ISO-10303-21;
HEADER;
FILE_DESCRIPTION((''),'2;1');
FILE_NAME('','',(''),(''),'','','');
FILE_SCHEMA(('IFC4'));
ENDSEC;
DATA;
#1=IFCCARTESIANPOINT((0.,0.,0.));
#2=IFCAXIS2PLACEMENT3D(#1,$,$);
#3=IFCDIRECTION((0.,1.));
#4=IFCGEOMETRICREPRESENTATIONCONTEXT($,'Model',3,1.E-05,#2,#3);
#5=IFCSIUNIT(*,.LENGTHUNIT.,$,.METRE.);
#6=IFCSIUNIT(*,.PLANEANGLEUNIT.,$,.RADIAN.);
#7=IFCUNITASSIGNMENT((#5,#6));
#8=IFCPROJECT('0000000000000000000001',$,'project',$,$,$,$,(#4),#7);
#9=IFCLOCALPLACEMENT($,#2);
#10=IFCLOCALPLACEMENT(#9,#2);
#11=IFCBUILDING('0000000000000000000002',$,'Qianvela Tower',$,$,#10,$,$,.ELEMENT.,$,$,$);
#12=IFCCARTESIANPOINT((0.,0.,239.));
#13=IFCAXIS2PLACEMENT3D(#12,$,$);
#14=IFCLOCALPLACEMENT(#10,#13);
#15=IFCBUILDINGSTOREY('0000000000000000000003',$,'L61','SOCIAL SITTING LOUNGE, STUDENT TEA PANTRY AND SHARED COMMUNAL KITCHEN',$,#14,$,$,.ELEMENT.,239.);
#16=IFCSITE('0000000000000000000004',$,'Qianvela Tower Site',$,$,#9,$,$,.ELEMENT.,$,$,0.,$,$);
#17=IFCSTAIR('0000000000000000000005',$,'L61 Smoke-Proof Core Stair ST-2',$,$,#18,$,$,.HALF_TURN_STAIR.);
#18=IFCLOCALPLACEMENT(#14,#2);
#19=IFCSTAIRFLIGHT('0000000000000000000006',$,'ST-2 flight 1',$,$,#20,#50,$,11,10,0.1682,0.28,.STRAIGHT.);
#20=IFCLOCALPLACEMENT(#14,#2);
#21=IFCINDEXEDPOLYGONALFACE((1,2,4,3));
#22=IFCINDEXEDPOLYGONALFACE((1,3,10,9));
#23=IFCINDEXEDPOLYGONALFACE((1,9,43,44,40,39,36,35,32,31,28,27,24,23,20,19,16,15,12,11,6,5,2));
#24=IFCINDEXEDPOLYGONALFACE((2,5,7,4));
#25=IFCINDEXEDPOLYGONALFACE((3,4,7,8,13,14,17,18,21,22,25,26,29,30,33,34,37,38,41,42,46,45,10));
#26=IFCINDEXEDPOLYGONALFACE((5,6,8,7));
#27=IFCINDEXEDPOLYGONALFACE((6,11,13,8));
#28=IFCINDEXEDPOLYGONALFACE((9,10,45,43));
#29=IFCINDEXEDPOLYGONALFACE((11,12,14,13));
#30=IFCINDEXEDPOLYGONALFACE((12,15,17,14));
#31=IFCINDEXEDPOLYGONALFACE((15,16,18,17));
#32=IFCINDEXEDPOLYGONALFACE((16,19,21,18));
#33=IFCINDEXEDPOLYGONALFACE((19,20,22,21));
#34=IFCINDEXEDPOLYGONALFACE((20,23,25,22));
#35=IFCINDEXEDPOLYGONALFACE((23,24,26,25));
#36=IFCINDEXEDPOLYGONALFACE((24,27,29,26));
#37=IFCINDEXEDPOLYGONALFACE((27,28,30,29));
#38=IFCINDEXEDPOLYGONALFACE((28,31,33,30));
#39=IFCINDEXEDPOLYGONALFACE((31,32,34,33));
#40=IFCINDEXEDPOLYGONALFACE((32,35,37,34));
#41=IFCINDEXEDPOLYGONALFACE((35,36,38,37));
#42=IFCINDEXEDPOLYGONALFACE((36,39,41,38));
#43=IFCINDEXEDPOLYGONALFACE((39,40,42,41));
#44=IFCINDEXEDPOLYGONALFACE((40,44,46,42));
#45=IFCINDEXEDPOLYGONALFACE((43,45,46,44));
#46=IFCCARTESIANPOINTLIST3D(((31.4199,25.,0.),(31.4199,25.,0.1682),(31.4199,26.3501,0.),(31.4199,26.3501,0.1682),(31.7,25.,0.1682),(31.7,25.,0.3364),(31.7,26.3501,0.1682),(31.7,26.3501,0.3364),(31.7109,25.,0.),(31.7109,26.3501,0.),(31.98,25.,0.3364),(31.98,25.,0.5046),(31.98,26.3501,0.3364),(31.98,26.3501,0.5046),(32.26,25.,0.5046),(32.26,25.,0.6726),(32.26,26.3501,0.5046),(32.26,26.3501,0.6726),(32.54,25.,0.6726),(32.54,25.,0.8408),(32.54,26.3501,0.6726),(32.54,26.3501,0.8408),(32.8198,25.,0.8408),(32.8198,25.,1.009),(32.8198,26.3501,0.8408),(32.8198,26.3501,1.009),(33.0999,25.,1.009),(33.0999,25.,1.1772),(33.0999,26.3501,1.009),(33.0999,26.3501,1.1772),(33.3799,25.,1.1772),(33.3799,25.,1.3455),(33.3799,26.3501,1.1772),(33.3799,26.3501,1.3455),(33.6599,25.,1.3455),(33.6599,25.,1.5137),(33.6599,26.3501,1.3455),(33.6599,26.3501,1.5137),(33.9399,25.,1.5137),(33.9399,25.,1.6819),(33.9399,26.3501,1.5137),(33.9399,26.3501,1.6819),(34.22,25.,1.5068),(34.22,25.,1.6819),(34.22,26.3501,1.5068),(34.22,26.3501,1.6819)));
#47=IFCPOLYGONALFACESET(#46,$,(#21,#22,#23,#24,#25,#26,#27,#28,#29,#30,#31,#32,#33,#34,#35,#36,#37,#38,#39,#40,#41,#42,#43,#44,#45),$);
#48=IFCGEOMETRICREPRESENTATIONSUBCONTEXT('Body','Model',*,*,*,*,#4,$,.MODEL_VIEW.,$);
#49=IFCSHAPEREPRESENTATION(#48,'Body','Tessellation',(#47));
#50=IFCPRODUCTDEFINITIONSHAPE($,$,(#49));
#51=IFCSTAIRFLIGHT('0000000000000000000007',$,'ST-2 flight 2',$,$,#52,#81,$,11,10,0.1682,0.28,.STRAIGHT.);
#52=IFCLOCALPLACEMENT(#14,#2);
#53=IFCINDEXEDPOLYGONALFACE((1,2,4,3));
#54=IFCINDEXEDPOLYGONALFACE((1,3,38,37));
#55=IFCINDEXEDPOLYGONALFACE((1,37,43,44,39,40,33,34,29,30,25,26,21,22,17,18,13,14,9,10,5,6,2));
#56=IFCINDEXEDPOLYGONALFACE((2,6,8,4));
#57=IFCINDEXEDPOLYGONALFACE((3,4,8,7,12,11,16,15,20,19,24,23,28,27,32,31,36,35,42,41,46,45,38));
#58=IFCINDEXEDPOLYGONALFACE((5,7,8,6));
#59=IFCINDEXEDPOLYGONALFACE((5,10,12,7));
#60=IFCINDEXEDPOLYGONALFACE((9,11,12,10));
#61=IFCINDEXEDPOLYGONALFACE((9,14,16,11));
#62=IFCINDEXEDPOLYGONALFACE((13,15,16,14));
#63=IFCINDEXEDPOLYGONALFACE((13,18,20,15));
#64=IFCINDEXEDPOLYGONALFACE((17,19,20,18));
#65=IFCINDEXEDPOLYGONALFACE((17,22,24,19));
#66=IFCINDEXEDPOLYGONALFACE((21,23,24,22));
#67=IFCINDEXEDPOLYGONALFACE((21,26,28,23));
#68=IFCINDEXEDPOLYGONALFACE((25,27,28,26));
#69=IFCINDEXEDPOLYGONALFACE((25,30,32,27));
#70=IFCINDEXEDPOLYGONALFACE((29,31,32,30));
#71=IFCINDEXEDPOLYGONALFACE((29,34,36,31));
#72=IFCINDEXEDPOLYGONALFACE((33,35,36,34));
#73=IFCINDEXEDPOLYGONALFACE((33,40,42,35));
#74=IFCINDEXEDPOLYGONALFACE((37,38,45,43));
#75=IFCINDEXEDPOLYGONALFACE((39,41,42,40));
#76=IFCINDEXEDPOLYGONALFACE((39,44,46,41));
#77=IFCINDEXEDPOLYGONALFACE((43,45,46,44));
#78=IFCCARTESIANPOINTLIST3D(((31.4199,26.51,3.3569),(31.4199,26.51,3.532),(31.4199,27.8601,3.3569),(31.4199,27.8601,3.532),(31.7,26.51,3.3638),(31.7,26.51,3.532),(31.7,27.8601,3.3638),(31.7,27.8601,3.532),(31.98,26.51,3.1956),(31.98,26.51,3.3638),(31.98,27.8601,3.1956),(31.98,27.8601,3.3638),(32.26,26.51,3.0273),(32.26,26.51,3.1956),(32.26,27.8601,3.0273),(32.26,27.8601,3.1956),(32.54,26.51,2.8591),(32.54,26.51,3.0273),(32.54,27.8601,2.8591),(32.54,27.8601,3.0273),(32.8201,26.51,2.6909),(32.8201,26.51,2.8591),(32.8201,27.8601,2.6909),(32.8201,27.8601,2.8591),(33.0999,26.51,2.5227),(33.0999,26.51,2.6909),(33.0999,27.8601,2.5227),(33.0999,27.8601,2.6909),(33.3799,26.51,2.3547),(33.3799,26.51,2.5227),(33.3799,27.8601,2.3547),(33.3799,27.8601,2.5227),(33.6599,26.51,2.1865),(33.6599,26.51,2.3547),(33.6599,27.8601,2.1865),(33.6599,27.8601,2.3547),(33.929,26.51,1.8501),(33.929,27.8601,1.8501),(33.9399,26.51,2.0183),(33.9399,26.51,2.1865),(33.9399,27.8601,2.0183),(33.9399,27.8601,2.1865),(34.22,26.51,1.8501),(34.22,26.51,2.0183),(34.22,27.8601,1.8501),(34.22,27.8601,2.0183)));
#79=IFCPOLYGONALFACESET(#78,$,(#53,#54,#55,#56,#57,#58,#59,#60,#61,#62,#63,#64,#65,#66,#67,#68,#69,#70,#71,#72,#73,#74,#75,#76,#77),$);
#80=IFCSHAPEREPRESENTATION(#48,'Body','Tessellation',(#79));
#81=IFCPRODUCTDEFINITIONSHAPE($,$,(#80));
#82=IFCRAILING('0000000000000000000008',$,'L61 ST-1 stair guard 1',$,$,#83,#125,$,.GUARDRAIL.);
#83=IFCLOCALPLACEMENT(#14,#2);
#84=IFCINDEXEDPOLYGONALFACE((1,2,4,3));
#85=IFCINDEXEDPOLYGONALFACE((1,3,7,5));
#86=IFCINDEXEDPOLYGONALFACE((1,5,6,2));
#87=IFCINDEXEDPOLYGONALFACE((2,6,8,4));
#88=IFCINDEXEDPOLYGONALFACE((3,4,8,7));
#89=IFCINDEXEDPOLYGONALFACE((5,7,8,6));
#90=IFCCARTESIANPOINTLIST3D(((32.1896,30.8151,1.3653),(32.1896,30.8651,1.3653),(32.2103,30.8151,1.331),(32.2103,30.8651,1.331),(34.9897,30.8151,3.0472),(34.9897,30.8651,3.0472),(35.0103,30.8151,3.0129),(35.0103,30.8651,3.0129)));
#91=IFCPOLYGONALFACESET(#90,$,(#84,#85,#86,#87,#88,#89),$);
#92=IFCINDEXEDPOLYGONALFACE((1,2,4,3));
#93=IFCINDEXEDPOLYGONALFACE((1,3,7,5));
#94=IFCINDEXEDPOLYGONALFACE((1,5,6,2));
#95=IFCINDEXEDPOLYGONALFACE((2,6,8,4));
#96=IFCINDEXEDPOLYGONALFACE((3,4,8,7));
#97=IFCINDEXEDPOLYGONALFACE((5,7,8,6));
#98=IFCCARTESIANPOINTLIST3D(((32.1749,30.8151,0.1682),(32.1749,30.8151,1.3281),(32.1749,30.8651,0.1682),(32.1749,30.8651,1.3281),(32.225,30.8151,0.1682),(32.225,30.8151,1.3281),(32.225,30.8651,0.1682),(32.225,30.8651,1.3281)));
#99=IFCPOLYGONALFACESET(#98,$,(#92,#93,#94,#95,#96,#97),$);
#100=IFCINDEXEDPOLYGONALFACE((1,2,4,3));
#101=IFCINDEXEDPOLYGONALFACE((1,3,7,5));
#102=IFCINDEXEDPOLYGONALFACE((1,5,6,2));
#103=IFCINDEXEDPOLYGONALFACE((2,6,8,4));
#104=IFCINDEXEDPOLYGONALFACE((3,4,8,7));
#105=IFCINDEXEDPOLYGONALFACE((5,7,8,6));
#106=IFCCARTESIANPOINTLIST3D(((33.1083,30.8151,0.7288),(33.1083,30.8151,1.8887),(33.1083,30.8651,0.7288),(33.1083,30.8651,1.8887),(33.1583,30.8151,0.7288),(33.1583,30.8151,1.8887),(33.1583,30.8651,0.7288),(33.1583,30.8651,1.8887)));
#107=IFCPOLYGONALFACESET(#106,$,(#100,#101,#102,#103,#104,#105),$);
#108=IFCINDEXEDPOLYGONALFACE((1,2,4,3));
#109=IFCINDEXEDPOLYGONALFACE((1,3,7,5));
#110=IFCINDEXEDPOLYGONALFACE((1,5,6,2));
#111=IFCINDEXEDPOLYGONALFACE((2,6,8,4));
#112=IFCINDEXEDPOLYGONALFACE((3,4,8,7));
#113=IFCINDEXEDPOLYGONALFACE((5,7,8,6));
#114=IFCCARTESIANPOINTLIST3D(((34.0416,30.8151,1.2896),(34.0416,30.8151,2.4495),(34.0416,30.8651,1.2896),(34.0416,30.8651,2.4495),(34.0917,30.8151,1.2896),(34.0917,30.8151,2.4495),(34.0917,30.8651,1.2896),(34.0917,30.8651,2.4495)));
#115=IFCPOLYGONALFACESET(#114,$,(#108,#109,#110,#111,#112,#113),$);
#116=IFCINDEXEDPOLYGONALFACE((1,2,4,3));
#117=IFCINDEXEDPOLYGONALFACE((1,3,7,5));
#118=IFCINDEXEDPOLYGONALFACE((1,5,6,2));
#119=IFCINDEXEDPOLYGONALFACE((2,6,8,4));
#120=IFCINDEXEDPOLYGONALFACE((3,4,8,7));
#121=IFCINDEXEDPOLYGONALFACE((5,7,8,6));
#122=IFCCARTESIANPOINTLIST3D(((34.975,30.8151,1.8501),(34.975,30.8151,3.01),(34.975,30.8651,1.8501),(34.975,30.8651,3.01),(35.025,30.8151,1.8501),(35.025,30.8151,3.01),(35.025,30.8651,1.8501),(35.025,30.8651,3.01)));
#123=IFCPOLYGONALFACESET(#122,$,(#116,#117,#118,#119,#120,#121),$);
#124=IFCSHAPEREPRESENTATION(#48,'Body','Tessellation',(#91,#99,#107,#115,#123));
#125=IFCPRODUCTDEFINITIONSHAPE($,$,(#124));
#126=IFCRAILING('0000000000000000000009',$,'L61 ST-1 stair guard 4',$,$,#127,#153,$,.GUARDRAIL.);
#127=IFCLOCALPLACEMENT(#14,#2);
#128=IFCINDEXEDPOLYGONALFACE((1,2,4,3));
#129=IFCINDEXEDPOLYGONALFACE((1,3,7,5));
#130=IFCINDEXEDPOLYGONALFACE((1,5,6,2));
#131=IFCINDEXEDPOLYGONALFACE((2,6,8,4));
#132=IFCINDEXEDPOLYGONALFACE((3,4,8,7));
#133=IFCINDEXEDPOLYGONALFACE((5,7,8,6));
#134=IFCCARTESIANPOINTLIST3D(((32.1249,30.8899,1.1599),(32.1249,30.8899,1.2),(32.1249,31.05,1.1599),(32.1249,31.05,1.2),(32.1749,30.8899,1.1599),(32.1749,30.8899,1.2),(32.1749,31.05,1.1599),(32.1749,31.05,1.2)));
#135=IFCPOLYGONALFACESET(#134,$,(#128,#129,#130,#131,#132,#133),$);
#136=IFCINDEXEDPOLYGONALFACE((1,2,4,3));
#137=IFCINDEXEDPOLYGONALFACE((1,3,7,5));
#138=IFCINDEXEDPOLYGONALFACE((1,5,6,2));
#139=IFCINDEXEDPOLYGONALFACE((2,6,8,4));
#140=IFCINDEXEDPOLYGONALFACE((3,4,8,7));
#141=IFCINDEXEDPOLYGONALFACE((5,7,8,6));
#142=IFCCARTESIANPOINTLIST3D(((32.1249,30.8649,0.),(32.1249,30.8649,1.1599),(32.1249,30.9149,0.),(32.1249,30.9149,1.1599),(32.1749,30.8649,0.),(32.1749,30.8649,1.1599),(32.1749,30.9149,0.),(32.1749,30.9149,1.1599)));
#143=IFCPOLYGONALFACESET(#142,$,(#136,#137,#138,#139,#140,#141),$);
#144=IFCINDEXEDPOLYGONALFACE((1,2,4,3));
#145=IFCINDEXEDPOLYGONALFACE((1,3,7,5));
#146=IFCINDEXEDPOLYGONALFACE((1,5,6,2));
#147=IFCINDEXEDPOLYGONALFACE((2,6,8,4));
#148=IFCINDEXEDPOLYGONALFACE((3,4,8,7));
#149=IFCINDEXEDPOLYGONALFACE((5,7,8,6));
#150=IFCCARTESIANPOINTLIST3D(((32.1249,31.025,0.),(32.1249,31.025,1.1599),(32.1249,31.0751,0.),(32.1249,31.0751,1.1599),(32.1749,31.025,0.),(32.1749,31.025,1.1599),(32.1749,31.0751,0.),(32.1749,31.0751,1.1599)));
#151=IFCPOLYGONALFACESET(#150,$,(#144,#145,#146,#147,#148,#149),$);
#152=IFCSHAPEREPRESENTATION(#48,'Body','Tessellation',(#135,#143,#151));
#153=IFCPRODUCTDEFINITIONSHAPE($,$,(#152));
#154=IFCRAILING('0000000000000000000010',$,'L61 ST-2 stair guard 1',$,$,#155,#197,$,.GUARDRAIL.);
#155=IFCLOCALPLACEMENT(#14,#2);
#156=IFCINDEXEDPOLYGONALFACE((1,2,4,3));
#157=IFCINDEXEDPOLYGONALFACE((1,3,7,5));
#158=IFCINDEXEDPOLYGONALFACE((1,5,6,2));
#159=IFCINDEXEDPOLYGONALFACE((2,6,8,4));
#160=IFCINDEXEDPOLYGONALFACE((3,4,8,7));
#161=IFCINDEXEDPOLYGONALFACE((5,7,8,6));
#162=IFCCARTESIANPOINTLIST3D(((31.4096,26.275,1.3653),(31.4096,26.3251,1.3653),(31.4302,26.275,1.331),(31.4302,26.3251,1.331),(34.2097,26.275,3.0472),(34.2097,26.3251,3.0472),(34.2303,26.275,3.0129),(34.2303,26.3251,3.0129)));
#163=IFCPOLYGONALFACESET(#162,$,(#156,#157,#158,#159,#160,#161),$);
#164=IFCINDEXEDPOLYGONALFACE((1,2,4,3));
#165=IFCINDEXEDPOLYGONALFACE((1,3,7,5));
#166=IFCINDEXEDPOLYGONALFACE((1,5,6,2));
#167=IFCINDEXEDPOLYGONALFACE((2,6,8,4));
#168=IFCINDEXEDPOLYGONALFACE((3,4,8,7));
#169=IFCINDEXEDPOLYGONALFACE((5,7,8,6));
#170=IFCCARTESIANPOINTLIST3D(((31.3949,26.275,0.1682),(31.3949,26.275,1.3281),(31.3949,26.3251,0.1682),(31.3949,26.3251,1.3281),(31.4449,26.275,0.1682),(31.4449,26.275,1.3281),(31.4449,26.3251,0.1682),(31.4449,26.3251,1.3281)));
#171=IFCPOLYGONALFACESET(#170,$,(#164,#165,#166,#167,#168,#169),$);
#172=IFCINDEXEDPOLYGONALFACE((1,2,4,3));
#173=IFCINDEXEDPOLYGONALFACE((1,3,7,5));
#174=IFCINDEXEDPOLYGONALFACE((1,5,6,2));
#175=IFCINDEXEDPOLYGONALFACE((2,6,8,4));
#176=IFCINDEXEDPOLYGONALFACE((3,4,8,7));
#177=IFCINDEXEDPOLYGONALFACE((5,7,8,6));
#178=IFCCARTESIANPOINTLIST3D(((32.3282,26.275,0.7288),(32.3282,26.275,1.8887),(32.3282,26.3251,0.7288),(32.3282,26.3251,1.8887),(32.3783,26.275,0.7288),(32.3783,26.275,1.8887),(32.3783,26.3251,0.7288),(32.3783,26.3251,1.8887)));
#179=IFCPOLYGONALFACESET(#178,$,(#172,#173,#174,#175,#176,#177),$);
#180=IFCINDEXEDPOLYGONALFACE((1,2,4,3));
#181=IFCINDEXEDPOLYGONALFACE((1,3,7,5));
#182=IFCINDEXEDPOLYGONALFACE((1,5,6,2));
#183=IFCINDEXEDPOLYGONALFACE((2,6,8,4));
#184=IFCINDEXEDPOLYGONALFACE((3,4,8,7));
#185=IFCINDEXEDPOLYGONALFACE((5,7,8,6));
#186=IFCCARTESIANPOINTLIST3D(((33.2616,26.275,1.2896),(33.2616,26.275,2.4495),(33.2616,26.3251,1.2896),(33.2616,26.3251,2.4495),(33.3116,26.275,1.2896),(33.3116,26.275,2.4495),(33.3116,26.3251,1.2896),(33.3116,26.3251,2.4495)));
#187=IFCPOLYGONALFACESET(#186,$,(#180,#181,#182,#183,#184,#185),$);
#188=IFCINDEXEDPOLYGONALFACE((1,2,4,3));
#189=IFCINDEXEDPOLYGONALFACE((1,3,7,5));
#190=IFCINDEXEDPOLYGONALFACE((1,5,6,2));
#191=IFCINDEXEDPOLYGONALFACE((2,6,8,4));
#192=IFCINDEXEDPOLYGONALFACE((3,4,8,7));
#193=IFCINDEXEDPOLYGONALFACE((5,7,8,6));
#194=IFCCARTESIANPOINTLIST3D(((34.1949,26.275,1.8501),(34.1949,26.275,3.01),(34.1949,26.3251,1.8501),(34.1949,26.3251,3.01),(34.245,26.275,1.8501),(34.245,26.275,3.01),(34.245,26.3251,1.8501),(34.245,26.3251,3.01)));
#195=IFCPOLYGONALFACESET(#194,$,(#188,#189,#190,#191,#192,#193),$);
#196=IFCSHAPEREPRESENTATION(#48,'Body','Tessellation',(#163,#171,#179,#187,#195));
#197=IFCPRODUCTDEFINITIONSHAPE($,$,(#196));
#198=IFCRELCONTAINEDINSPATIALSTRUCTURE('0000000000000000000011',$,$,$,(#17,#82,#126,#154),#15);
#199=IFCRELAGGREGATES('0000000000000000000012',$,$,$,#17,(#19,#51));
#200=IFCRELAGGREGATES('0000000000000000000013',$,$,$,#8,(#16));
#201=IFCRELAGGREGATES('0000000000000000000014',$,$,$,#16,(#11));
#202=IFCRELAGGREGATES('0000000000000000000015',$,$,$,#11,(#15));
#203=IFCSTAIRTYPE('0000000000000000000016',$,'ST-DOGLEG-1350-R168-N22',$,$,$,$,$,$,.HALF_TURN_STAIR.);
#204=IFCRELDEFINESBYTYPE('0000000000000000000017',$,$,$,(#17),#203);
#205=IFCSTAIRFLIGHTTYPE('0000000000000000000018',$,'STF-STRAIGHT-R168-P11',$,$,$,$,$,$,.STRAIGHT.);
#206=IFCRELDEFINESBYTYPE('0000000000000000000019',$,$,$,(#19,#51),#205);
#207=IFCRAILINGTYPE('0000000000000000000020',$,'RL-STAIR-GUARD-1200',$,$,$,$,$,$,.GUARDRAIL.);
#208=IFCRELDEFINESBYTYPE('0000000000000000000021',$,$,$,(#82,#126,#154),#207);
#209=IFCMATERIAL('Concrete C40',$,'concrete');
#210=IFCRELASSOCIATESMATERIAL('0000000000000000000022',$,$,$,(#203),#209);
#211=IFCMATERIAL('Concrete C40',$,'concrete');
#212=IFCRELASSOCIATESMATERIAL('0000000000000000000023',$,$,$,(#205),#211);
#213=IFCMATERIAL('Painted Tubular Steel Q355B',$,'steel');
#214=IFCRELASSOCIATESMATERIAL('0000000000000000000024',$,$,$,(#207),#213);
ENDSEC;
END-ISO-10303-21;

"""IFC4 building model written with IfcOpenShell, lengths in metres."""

from ifc_helpers import new_model, si_unit, direction, frame, origin, origin_2d, place, context, subcontext, project, spatial, polyline, rectangle, outline, extrude, material, type_object, element, aggregate, save


model = new_model("IFC4")

# Units and contexts
model_context = context("Model", 3, precision=1e-05, world=origin(), true_north=direction((0.0, 1.0)))
body_context = subcontext(model_context, "Body", "Model", "MODEL_VIEW")
ifc_project = project(units=[si_unit("LENGTHUNIT", "METRE"), si_unit("PLANEANGLEUNIT", "RADIAN")], contexts=[model_context])

# Site, building, storey
site_placement = place(None, origin())
site = spatial("IfcSite", under=ifc_project, at=site_placement, Name="Qianvela Tower Site", CompositionType="ELEMENT", RefElevation=0.0)
building_placement = place(site_placement, origin())
building = spatial("IfcBuilding", under=site, at=building_placement, Name="Qianvela Tower", CompositionType="ELEMENT")
storey_placement = place(building_placement, frame((0.0, 0.0, 239.0)))
storey = spatial("IfcBuildingStorey", under=building, at=storey_placement, Name="L61", Description="SOCIAL SITTING LOUNGE, STUDENT TEA PANTRY AND SHARED COMMUNAL KITCHEN", CompositionType="ELEMENT", Elevation=239.0)

# Shared definitions
ifc_material_1 = material(Name="Concrete C40", Category="concrete")
stair_type = type_object("IfcStairType", Name="ST-DOGLEG-1350-R168-N22", PredefinedType="HALF_TURN_STAIR", material=ifc_material_1)
ifc_material_2 = material(Name="Concrete C40", Category="concrete")
stair_flight_type = type_object("IfcStairFlightType", Name="STF-STRAIGHT-R168-P11", PredefinedType="STRAIGHT", material=ifc_material_2)

# Stair, stair flights
stair_1_placement = place(storey_placement, origin())
stair_1 = element("IfcStair", 1, at=stair_1_placement, inside=storey, type_object=stair_type, Name="L61 Smoke-Proof Core Stair ST-2", PredefinedType="HALF_TURN_STAIR")
stair_flight_1_placement = place(storey_placement, frame((31.4199, 25.675, 0.0), z_axis=(0.0, 0.0, 1.0), x_axis=(1.0, 0.0, 0.0)))
stair_flight_1 = element("IfcStairFlight", 2, at=stair_flight_1_placement, type_object=stair_flight_type, Name="ST-2 flight 1", NumberOfRisers=11, NumberOfTreads=10, PredefinedType="STRAIGHT", RiserHeight=0.1682, TreadLength=0.28, context=body_context, shape_type="SweptSolid", body=[
    extrude(outline(polyline([(0.0, 0.0), (0.0, 0.1682), (0.28, 0.1682), (0.28, 0.3364), (0.5601, 0.3364), (0.5601, 0.5046), (0.8401, 0.5046), (0.8401, 0.6726), (1.1201, 0.6726), (1.1201, 0.8408), (1.3999, 0.8408), (1.3999, 1.009), (1.6799, 1.009), (1.6799, 1.1772), (1.96, 1.1772), (1.96, 1.3455), (2.24, 1.3455), (2.24, 1.5137), (2.52, 1.5137), (2.52, 1.6819), (2.8, 1.6819), (2.8, 1.8501), (2.8, 1.5068), (0.291, 0.0), (0.0, 0.0)])), frame((0.0, 0.675, 0.0), z_axis=(0.0, -1.0, 0.0), x_axis=(1.0, 0.0, 0.0)), (0.0, 0.0, 1.0), 1.3501),
])
stair_flight_2_placement = place(storey_placement, frame((34.22, 27.1851, 1.8501), z_axis=(0.0, 0.0, 1.0), x_axis=(-1.0, 0.0, 0.0)))
stair_flight_2 = element("IfcStairFlight", 3, at=stair_flight_2_placement, type_object=stair_flight_type, Name="ST-2 flight 2", NumberOfRisers=11, NumberOfTreads=10, PredefinedType="STRAIGHT", RiserHeight=0.1682, TreadLength=0.28, context=body_context, shape_type="SweptSolid", body=[
    extrude(outline(polyline([(0.0, 0.0), (0.0, 0.1682), (0.28, 0.1682), (0.28, 0.3364), (0.5601, 0.3364), (0.5601, 0.5046), (0.8401, 0.5046), (0.8401, 0.6726), (1.1201, 0.6726), (1.1201, 0.8408), (1.3999, 0.8408), (1.3999, 1.009), (1.6799, 1.009), (1.6799, 1.1772), (1.96, 1.1772), (1.96, 1.3455), (2.24, 1.3455), (2.24, 1.5137), (2.52, 1.5137), (2.52, 1.6819), (2.8, 1.6819), (2.8, 1.8501), (2.8, 1.5068), (0.291, 0.0), (0.0, 0.0)])), frame((0.0, 0.675, 0.0), z_axis=(0.0, -1.0, 0.0), x_axis=(1.0, 0.0, 0.0)), (0.0, 0.0, 1.0), 1.3501),
])
aggregate(stair_1, [stair_flight_1, stair_flight_2])

# Railings
ifc_material_3 = material(Name="Painted Tubular Steel Q355B", Category="steel")
railing_type_1 = type_object("IfcRailingType", Name="RL-STAIR-GUARD-1200", PredefinedType="GUARDRAIL", material=ifc_material_3)
railing_1_placement = place(storey_placement, frame((32.2, 30.8401, 0.1682)))
element("IfcRailing", 4, at=railing_1_placement, inside=storey, type_object=railing_type_1, Name="L61 ST-1 stair guard 1", PredefinedType="GUARDRAIL", context=body_context, shape_type="SweptSolid", body=[
    extrude(rectangle(XDim=0.05, YDim=0.04, at=origin_2d()), frame((0.0, 0.0, 1.1799), z_axis=(0.857242, 0.0, 0.514913), x_axis=(0.0, 1.0, 0.0)), (0.0, 0.0, 1.0), 3.2664),
    extrude(rectangle(XDim=0.05, YDim=0.05, at=origin_2d()), origin(), (0.0, 0.0, 1.0), 1.1599),
    extrude(rectangle(XDim=0.05, YDim=0.05, at=origin_2d()), frame((0.9333, 0.0, 0.5605)), (0.0, 0.0, 1.0), 1.1599),
    extrude(rectangle(XDim=0.05, YDim=0.05, at=origin_2d()), frame((1.8667, 0.0, 1.1213)), (0.0, 0.0, 1.0), 1.1599),
    extrude(rectangle(XDim=0.05, YDim=0.05, at=origin_2d()), frame((2.8, 0.0, 1.6819)), (0.0, 0.0, 1.0), 1.1599),
])
railing_2_placement = place(storey_placement, frame((32.1499, 30.8899, 0.0)))
element("IfcRailing", 5, at=railing_2_placement, inside=storey, type_object=railing_type_1, Name="L61 ST-1 stair guard 4", PredefinedType="GUARDRAIL", context=body_context, shape_type="SweptSolid", body=[
    extrude(rectangle(XDim=0.05, YDim=0.04, at=origin_2d()), frame((0.0, 0.0, 1.1799), z_axis=(0.0, 1.0, 0.0), x_axis=(-1.0, 0.0, 0.0)), (0.0, 0.0, 1.0), 0.1602),
    extrude(rectangle(XDim=0.05, YDim=0.05, at=origin_2d()), origin(), (0.0, 0.0, 1.0), 1.1599),
    extrude(rectangle(XDim=0.05, YDim=0.05, at=origin_2d()), frame((0.0, 0.1602, 0.0)), (0.0, 0.0, 1.0), 1.1599),
])
railing_3_placement = place(storey_placement, frame((31.4199, 26.3, 0.1682)))
element("IfcRailing", 6, at=railing_3_placement, inside=storey, type_object=railing_type_1, Name="L61 ST-2 stair guard 1", PredefinedType="GUARDRAIL", context=body_context, shape_type="SweptSolid", body=[
    extrude(rectangle(XDim=0.05, YDim=0.04, at=origin_2d()), frame((0.0, 0.0, 1.1799), z_axis=(0.857242, 0.0, 0.514913), x_axis=(0.0, 1.0, 0.0)), (0.0, 0.0, 1.0), 3.2664),
    extrude(rectangle(XDim=0.05, YDim=0.05, at=origin_2d()), origin(), (0.0, 0.0, 1.0), 1.1599),
    extrude(rectangle(XDim=0.05, YDim=0.05, at=origin_2d()), frame((0.9333, 0.0, 0.5605)), (0.0, 0.0, 1.0), 1.1599),
    extrude(rectangle(XDim=0.05, YDim=0.05, at=origin_2d()), frame((1.8667, 0.0, 1.1213)), (0.0, 0.0, 1.0), 1.1599),
    extrude(rectangle(XDim=0.05, YDim=0.05, at=origin_2d()), frame((2.8, 0.0, 1.6819)), (0.0, 0.0, 1.0), 1.1599),
])

save(model, "model.ifc")
